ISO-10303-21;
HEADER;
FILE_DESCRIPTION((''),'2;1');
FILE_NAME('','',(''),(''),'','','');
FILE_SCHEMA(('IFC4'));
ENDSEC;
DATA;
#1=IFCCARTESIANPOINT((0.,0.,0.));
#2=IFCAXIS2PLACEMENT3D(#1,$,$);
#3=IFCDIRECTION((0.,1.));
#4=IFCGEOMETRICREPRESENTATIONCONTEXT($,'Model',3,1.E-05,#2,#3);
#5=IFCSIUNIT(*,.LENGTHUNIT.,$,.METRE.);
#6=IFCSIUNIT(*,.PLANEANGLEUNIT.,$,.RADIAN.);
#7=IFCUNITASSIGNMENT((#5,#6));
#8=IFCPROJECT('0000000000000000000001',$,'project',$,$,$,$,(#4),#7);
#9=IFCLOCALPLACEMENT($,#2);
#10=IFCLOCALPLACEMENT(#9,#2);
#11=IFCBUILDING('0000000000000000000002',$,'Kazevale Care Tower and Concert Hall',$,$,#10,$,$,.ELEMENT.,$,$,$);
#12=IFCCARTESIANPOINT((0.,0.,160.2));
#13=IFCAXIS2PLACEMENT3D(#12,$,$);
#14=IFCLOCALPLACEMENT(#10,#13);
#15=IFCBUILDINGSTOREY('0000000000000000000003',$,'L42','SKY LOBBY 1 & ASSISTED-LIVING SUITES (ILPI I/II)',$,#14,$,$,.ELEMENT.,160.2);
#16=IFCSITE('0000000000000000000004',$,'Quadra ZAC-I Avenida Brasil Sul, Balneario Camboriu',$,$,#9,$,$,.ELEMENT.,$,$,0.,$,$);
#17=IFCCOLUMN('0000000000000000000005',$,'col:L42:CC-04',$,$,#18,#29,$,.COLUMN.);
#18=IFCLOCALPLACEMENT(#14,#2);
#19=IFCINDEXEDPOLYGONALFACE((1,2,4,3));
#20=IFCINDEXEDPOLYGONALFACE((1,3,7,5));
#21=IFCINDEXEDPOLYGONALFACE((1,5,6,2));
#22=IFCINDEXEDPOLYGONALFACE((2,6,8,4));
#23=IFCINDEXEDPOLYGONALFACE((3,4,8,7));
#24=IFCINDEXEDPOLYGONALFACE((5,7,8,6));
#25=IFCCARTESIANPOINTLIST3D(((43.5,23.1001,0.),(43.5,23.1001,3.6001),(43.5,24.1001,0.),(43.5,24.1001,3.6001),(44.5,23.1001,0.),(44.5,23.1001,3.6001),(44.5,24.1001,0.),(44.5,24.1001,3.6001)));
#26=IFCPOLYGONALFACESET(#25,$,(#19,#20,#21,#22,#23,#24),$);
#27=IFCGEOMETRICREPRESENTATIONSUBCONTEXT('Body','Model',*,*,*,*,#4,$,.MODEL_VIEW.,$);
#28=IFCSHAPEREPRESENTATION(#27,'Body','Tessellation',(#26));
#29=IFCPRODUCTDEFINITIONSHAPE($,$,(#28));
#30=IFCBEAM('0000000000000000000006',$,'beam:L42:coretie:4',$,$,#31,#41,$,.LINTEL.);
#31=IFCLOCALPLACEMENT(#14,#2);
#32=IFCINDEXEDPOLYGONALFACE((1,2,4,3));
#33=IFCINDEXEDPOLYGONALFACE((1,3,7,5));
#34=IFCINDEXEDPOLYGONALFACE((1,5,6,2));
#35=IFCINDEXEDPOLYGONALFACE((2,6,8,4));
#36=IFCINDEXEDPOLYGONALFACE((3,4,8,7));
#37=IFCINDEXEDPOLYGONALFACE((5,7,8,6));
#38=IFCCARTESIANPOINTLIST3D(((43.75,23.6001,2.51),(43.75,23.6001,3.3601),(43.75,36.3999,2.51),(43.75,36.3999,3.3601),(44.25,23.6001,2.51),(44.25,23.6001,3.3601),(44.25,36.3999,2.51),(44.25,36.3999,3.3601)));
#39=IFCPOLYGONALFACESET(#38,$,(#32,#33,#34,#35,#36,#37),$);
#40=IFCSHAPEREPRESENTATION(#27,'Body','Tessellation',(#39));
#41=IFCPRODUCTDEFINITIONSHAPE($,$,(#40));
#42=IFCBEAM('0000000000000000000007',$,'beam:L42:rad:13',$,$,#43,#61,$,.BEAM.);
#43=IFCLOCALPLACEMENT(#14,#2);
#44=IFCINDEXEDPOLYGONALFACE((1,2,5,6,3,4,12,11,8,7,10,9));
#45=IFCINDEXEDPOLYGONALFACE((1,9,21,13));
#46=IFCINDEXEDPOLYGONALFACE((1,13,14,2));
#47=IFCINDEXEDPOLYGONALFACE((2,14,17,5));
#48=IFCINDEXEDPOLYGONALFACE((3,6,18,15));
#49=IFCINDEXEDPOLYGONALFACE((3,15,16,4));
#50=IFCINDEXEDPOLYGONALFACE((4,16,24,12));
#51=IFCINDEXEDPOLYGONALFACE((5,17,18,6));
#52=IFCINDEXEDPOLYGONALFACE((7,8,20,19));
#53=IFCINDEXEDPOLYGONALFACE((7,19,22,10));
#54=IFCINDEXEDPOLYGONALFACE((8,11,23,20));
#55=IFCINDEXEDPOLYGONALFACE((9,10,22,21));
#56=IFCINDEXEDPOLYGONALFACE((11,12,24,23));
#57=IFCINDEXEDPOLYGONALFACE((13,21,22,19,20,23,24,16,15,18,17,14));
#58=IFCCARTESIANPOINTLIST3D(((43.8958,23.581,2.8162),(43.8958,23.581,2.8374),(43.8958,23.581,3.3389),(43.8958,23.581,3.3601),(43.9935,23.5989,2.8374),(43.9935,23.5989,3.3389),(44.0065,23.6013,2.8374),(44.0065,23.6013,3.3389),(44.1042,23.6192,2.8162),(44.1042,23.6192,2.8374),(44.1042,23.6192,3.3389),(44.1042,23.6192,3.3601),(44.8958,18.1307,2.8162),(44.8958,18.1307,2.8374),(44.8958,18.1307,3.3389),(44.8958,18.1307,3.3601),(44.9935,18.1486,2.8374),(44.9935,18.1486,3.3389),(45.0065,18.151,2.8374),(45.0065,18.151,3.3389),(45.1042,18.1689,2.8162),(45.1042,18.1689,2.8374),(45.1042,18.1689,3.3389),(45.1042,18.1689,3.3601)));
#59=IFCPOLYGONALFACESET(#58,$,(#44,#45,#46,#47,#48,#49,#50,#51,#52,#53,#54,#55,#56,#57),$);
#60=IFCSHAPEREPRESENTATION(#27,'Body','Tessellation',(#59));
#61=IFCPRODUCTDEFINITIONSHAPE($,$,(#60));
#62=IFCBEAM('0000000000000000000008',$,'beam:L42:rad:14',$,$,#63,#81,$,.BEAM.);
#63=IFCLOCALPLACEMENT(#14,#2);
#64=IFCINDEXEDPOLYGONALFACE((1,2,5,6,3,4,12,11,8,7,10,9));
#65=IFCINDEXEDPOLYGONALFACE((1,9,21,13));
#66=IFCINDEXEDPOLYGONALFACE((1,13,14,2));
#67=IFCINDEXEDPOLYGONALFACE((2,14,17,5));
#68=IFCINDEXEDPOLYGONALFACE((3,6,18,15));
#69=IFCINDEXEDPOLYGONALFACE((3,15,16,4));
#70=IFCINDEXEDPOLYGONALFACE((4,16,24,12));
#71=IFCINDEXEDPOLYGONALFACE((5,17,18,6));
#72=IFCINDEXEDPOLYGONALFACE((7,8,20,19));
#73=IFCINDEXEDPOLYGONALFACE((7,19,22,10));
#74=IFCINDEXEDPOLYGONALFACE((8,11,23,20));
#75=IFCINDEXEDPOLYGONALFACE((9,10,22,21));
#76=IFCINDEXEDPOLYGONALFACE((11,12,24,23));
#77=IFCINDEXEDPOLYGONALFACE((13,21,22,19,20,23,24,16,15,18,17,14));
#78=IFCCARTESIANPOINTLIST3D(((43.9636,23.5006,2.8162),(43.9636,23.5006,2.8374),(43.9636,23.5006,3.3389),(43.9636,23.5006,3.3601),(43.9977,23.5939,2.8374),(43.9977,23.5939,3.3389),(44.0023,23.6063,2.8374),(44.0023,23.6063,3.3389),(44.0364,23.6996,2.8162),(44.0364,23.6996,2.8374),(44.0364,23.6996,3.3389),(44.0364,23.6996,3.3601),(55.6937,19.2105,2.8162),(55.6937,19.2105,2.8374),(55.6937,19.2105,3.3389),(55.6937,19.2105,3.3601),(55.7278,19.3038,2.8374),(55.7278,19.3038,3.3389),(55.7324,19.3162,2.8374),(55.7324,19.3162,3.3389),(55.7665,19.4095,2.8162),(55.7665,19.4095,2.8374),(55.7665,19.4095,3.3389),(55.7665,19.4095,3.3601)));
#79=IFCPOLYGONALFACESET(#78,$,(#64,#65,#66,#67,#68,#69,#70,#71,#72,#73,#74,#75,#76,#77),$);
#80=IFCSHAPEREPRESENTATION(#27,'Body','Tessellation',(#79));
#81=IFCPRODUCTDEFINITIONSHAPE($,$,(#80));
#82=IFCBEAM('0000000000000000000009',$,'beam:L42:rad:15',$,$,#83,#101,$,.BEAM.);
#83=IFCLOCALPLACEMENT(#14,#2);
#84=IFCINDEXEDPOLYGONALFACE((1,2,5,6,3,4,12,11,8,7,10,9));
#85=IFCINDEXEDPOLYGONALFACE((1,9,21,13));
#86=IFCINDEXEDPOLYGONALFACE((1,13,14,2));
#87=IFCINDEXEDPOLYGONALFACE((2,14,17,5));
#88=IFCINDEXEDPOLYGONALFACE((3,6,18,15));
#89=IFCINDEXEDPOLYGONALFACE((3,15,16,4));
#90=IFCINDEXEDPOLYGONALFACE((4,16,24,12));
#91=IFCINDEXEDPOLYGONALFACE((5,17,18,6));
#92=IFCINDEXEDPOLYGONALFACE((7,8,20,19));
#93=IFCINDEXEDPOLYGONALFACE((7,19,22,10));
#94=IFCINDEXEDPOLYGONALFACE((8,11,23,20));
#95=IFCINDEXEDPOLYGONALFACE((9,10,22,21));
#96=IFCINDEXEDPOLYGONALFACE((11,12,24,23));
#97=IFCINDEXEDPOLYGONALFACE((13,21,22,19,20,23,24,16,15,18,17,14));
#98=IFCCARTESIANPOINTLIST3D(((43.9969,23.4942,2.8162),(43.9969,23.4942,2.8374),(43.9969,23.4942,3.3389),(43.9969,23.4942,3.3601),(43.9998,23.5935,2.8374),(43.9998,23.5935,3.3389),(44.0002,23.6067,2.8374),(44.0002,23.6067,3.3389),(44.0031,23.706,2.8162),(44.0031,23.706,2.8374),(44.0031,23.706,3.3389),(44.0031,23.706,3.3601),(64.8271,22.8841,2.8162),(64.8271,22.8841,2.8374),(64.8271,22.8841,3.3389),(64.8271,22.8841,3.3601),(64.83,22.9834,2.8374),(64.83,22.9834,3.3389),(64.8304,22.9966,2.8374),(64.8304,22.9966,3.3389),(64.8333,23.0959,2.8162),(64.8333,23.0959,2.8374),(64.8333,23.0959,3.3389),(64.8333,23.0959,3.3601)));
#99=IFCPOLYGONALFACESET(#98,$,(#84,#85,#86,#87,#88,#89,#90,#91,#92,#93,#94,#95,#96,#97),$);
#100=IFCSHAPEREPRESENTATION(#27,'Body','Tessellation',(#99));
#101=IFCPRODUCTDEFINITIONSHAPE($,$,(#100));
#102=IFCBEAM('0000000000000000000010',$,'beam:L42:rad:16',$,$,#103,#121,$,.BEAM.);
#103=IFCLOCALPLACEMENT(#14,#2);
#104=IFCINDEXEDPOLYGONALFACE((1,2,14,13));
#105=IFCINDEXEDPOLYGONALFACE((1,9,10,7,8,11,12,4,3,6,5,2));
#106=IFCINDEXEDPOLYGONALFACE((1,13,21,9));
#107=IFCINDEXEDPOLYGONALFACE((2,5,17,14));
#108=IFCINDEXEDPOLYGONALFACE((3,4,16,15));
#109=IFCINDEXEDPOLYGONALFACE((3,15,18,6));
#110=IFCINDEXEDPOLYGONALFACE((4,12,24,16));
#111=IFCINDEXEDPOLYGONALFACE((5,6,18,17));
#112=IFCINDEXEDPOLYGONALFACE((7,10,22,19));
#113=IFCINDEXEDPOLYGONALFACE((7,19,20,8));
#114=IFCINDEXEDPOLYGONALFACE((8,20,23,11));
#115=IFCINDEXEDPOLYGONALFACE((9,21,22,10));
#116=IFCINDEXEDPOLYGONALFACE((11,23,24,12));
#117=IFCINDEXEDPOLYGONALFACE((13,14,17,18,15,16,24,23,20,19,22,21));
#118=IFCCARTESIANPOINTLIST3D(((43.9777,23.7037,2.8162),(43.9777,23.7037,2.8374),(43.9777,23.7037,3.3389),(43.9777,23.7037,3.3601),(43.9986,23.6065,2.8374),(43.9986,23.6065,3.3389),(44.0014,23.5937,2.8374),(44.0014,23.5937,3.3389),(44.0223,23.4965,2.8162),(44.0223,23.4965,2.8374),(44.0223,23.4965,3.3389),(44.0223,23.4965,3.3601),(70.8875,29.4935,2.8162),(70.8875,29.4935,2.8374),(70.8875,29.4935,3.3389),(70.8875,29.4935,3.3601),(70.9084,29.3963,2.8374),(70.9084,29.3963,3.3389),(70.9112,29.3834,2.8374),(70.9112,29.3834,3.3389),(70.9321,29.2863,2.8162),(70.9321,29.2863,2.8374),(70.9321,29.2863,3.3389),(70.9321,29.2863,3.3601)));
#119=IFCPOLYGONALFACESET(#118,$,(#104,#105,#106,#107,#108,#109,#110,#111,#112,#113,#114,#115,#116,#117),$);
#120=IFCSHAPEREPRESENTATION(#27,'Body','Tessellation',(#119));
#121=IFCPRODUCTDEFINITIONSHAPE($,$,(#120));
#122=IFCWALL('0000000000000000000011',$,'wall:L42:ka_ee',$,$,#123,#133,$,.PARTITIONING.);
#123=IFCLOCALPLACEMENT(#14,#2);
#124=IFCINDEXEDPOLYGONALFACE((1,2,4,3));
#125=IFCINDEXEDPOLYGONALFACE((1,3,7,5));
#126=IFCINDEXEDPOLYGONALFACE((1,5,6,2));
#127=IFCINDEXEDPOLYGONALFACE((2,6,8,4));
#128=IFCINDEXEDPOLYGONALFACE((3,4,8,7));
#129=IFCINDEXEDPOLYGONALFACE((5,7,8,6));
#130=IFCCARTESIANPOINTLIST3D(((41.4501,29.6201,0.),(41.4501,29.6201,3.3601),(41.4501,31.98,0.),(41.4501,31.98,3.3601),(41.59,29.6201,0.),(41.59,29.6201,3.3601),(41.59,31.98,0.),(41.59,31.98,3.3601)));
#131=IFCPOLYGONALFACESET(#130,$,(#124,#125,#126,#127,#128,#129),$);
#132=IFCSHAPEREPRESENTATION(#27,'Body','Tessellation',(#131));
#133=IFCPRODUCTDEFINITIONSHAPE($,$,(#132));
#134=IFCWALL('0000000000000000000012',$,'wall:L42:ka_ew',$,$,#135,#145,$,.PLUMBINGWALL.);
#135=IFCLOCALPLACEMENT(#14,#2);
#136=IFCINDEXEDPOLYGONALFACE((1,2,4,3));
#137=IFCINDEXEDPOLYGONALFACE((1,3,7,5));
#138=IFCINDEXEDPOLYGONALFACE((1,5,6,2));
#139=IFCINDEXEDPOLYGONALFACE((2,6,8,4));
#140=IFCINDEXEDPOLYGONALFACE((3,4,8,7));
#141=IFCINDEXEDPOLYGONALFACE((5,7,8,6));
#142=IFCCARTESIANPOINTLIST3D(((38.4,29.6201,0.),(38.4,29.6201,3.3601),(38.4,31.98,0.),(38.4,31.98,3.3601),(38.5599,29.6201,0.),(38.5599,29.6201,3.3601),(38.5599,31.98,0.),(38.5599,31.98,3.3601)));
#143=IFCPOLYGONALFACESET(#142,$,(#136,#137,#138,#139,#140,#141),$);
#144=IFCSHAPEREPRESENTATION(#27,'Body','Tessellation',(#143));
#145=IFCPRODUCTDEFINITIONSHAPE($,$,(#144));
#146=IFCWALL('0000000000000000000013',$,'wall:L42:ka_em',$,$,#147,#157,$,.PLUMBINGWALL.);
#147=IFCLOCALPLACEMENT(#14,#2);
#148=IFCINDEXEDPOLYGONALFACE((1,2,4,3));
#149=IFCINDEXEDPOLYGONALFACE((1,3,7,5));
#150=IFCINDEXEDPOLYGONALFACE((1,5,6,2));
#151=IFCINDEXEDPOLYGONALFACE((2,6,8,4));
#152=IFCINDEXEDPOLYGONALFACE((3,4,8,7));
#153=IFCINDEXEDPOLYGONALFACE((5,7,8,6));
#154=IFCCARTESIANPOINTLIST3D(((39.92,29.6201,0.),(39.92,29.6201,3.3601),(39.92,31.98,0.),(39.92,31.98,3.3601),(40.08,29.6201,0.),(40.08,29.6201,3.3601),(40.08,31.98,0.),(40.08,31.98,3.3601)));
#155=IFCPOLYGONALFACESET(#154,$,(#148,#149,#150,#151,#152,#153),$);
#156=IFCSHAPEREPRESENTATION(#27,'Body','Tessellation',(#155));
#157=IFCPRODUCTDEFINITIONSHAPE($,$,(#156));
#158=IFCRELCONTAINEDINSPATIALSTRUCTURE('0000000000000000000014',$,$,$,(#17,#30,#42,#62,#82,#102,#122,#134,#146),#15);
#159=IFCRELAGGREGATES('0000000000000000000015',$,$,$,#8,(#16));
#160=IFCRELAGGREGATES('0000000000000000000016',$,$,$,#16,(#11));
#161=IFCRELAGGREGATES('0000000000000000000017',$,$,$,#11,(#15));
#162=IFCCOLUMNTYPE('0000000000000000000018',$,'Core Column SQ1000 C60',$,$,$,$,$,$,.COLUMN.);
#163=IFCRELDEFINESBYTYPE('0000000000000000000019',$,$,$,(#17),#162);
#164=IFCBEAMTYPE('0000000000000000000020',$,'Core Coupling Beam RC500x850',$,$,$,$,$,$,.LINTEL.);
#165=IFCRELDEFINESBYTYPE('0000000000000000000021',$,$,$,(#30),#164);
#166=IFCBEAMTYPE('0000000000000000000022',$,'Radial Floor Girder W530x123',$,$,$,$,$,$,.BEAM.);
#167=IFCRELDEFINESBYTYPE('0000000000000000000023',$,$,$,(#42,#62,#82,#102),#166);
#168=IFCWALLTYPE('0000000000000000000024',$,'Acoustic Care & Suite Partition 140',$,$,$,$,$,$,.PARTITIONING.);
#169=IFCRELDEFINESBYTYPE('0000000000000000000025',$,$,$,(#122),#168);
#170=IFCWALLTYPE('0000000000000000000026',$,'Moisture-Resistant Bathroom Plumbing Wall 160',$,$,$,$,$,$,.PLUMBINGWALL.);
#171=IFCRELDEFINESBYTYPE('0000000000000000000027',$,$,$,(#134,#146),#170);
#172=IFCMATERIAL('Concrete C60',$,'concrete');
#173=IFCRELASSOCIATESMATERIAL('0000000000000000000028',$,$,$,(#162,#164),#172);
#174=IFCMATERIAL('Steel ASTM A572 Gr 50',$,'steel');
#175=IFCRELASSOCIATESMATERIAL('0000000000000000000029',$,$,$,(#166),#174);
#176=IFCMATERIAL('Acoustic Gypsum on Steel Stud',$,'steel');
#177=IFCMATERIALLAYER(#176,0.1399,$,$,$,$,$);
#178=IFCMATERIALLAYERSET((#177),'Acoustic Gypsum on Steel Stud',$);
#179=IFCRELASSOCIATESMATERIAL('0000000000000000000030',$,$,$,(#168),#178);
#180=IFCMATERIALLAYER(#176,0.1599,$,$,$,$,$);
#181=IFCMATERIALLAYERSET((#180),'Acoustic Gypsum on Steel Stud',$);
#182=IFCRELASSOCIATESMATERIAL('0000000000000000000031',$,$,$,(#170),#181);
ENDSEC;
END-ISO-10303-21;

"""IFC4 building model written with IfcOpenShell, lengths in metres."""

from ifc_helpers import new_model, si_unit, direction, frame, frame_2d, origin, origin_2d, place, context, subcontext, project, spatial, rectangle, i_section, extrude, material, layer, layer_set, material_profile, profile_set, type_object, element, save


model = new_model("IFC4")

# Units and contexts
model_context = context("Model", 3, precision=1e-05, world=origin(), true_north=direction((0.0, 1.0)))
body_context = subcontext(model_context, "Body", "Model", "MODEL_VIEW")
ifc_project = project(units=[si_unit("LENGTHUNIT", "METRE"), si_unit("PLANEANGLEUNIT", "RADIAN")], contexts=[model_context])

# Site, building, storey
site_placement = place(None, origin())
site = spatial("IfcSite", under=ifc_project, at=site_placement, Name="Quadra ZAC-I Avenida Brasil Sul, Balneario Camboriu", CompositionType="ELEMENT", RefElevation=0.0)
building_placement = place(site_placement, origin())
building = spatial("IfcBuilding", under=site, at=building_placement, Name="Kazevale Care Tower and Concert Hall", CompositionType="ELEMENT")
storey_placement = place(building_placement, frame((0.0, 0.0, 160.2)))
storey = spatial("IfcBuildingStorey", under=building, at=storey_placement, Name="L42", Description="SKY LOBBY 1 & ASSISTED-LIVING SUITES (ILPI I/II)", CompositionType="ELEMENT", Elevation=160.2)

# Column
ifc_material_1 = material(Name="Concrete C60", Category="concrete")
ifc_material_profile_1 = material_profile(ifc_material_1, rectangle(XDim=1.0, YDim=1.0, at=origin_2d()), Name="RC-SQ1000")
ifc_profile_set_1 = profile_set([ifc_material_profile_1], Name="Concrete C60")
column_type = type_object("IfcColumnType", Name="Core Column SQ1000 C60", PredefinedType="COLUMN", material=ifc_profile_set_1)
column_placement = place(storey_placement, frame((44.0, 23.6001, 0.0), z_axis=(0.0, 0.0, 1.0), x_axis=(1.0, 0.0, 0.0)))
element("IfcColumn", 1, at=column_placement, inside=storey, type_object=column_type, Name="col:L42:CC-04", PredefinedType="COLUMN", context=body_context, shape_type="SweptSolid", body=[
    extrude(rectangle(XDim=1.0, YDim=1.0, at=origin_2d()), origin(), (0.0, 0.0, 1.0), 3.6001),
])

# Beams
ifc_material_profile_2 = material_profile(ifc_material_1, rectangle(XDim=0.5, YDim=0.8501, at=origin_2d()), Name="RC-B500x850")
ifc_profile_set_2 = profile_set([ifc_material_profile_2], Name="Concrete C60")
beam_type_1 = type_object("IfcBeamType", Name="Core Coupling Beam RC500x850", PredefinedType="LINTEL", material=ifc_profile_set_2)
beam_1_placement = place(storey_placement, frame((44.0, 23.6001, 2.9351), z_axis=(0.0, 1.0, 0.0), x_axis=(-1.0, 0.0, 0.0)))
element("IfcBeam", 2, at=beam_1_placement, inside=storey, type_object=beam_type_1, Name="beam:L42:coretie:4", PredefinedType="LINTEL", context=body_context, shape_type="SweptSolid", body=[
    extrude(rectangle(XDim=0.5, YDim=0.8501, at=origin_2d()), origin(), (0.0, 0.0, 1.0), 12.7998),
])
ifc_material_2 = material(Name="Steel ASTM A572 Gr 50", Category="steel")
ifc_material_profile_3 = material_profile(ifc_material_2, i_section(OverallWidth=0.2119, OverallDepth=0.5439, WebThickness=0.0132, FlangeThickness=0.0212, at=origin_2d()), Name="W530x123")
ifc_profile_set_3 = profile_set([ifc_material_profile_3], Name="Steel ASTM A572 Gr 50")
beam_type_2 = type_object("IfcBeamType", Name="Radial Floor Girder W530x123", PredefinedType="BEAM", material=ifc_profile_set_3)
beam_2_placement = place(storey_placement, frame((44.0, 23.6001, 3.0881), z_axis=(0.180467, -0.983581, 0.0), x_axis=(0.983581, 0.180467, 0.0)))
element("IfcBeam", 3, at=beam_2_placement, inside=storey, type_object=beam_type_2, Name="beam:L42:rad:13", PredefinedType="BEAM", context=body_context, shape_type="SweptSolid", body=[
    extrude(i_section(OverallWidth=0.2119, OverallDepth=0.5439, WebThickness=0.0132, FlangeThickness=0.0212, at=origin_2d()), origin(), (0.0, 0.0, 1.0), 5.5413),
])
beam_3_placement = place(storey_placement, frame((44.0, 23.6001, 3.0881), z_axis=(0.939159, -0.343481, 0.0), x_axis=(0.343481, 0.939159, 0.0)))
element("IfcBeam", 4, at=beam_3_placement, inside=storey, type_object=beam_type_2, Name="beam:L42:rad:14", PredefinedType="BEAM", context=body_context, shape_type="SweptSolid", body=[
    extrude(i_section(OverallWidth=0.2119, OverallDepth=0.5439, WebThickness=0.0132, FlangeThickness=0.0212, at=origin_2d()), origin(), (0.0, 0.0, 1.0), 12.49),
])
beam_4_placement = place(storey_placement, frame((44.0, 23.6001, 3.0881), z_axis=(0.999571, -0.029277, 0.0), x_axis=(0.029277, 0.999571, 0.0)))
element("IfcBeam", 5, at=beam_4_placement, inside=storey, type_object=beam_type_2, Name="beam:L42:rad:15", PredefinedType="BEAM", context=body_context, shape_type="SweptSolid", body=[
    extrude(i_section(OverallWidth=0.2119, OverallDepth=0.5439, WebThickness=0.0132, FlangeThickness=0.0212, at=origin_2d()), origin(), (0.0, 0.0, 1.0), 20.8391),
])
beam_5_placement = place(storey_placement, frame((44.0, 23.6001, 3.0881), z_axis=(0.977628, 0.210341, 0.0), x_axis=(-0.210341, 0.977628, 0.0)))
element("IfcBeam", 6, at=beam_5_placement, inside=storey, type_object=beam_type_2, Name="beam:L42:rad:16", PredefinedType="BEAM", context=body_context, shape_type="SweptSolid", body=[
    extrude(i_section(OverallWidth=0.2119, OverallDepth=0.5439, WebThickness=0.0132, FlangeThickness=0.0212, at=origin_2d()), origin(), (0.0, 0.0, 1.0), 27.5256),
])

# Wall
ifc_material_3 = material(Name="Acoustic Gypsum on Steel Stud", Category="steel")
ifc_layer_1 = layer(ifc_material_3, 0.1399)
ifc_layer_set_1 = layer_set([ifc_layer_1], Name="Acoustic Gypsum on Steel Stud")
wall_type_1 = type_object("IfcWallType", Name="Acoustic Care & Suite Partition 140", PredefinedType="PARTITIONING", material=ifc_layer_set_1)
wall_1_placement = place(storey_placement, frame((41.52, 29.6201, 0.0), z_axis=(0.0, 0.0, 1.0), x_axis=(0.0, 1.0, 0.0)))
element("IfcWall", 7, at=wall_1_placement, inside=storey, type_object=wall_type_1, Name="wall:L42:ka_ee", PredefinedType="PARTITIONING", context=body_context, shape_type="SweptSolid", body=[
    extrude(rectangle(XDim=2.3599, YDim=0.1399, at=frame_2d((1.1799, 0.0))), origin(), (0.0, 0.0, 1.0), 3.3601),
])

# Walls
ifc_layer_2 = layer(ifc_material_3, 0.1599)
ifc_layer_set_2 = layer_set([ifc_layer_2], Name="Acoustic Gypsum on Steel Stud")
wall_type_2 = type_object("IfcWallType", Name="Moisture-Resistant Bathroom Plumbing Wall 160", PredefinedType="PLUMBINGWALL", material=ifc_layer_set_2)
for number, where, z_axis, x_axis, name in (
    (8, (38.48, 29.6201, 0.0), (0.0, 0.0, 1.0), (0.0, 1.0, 0.0), "wall:L42:ka_ew"),
    (9, (40.0, 29.6201, 0.0), (0.0, 0.0, 1.0), (0.0, 1.0, 0.0), "wall:L42:ka_em"),
):
    element("IfcWall", number, at=place(storey_placement, frame(where, z_axis=z_axis, x_axis=x_axis)), inside=storey, type_object=wall_type_2, Name=name, PredefinedType="PLUMBINGWALL", context=body_context, shape_type="SweptSolid", body=[
        extrude(rectangle(XDim=2.3599, YDim=0.1599, at=frame_2d((1.1799, 0.0))), origin(), (0.0, 0.0, 1.0), 3.3601),
    ])

save(model, "model.ifc")
